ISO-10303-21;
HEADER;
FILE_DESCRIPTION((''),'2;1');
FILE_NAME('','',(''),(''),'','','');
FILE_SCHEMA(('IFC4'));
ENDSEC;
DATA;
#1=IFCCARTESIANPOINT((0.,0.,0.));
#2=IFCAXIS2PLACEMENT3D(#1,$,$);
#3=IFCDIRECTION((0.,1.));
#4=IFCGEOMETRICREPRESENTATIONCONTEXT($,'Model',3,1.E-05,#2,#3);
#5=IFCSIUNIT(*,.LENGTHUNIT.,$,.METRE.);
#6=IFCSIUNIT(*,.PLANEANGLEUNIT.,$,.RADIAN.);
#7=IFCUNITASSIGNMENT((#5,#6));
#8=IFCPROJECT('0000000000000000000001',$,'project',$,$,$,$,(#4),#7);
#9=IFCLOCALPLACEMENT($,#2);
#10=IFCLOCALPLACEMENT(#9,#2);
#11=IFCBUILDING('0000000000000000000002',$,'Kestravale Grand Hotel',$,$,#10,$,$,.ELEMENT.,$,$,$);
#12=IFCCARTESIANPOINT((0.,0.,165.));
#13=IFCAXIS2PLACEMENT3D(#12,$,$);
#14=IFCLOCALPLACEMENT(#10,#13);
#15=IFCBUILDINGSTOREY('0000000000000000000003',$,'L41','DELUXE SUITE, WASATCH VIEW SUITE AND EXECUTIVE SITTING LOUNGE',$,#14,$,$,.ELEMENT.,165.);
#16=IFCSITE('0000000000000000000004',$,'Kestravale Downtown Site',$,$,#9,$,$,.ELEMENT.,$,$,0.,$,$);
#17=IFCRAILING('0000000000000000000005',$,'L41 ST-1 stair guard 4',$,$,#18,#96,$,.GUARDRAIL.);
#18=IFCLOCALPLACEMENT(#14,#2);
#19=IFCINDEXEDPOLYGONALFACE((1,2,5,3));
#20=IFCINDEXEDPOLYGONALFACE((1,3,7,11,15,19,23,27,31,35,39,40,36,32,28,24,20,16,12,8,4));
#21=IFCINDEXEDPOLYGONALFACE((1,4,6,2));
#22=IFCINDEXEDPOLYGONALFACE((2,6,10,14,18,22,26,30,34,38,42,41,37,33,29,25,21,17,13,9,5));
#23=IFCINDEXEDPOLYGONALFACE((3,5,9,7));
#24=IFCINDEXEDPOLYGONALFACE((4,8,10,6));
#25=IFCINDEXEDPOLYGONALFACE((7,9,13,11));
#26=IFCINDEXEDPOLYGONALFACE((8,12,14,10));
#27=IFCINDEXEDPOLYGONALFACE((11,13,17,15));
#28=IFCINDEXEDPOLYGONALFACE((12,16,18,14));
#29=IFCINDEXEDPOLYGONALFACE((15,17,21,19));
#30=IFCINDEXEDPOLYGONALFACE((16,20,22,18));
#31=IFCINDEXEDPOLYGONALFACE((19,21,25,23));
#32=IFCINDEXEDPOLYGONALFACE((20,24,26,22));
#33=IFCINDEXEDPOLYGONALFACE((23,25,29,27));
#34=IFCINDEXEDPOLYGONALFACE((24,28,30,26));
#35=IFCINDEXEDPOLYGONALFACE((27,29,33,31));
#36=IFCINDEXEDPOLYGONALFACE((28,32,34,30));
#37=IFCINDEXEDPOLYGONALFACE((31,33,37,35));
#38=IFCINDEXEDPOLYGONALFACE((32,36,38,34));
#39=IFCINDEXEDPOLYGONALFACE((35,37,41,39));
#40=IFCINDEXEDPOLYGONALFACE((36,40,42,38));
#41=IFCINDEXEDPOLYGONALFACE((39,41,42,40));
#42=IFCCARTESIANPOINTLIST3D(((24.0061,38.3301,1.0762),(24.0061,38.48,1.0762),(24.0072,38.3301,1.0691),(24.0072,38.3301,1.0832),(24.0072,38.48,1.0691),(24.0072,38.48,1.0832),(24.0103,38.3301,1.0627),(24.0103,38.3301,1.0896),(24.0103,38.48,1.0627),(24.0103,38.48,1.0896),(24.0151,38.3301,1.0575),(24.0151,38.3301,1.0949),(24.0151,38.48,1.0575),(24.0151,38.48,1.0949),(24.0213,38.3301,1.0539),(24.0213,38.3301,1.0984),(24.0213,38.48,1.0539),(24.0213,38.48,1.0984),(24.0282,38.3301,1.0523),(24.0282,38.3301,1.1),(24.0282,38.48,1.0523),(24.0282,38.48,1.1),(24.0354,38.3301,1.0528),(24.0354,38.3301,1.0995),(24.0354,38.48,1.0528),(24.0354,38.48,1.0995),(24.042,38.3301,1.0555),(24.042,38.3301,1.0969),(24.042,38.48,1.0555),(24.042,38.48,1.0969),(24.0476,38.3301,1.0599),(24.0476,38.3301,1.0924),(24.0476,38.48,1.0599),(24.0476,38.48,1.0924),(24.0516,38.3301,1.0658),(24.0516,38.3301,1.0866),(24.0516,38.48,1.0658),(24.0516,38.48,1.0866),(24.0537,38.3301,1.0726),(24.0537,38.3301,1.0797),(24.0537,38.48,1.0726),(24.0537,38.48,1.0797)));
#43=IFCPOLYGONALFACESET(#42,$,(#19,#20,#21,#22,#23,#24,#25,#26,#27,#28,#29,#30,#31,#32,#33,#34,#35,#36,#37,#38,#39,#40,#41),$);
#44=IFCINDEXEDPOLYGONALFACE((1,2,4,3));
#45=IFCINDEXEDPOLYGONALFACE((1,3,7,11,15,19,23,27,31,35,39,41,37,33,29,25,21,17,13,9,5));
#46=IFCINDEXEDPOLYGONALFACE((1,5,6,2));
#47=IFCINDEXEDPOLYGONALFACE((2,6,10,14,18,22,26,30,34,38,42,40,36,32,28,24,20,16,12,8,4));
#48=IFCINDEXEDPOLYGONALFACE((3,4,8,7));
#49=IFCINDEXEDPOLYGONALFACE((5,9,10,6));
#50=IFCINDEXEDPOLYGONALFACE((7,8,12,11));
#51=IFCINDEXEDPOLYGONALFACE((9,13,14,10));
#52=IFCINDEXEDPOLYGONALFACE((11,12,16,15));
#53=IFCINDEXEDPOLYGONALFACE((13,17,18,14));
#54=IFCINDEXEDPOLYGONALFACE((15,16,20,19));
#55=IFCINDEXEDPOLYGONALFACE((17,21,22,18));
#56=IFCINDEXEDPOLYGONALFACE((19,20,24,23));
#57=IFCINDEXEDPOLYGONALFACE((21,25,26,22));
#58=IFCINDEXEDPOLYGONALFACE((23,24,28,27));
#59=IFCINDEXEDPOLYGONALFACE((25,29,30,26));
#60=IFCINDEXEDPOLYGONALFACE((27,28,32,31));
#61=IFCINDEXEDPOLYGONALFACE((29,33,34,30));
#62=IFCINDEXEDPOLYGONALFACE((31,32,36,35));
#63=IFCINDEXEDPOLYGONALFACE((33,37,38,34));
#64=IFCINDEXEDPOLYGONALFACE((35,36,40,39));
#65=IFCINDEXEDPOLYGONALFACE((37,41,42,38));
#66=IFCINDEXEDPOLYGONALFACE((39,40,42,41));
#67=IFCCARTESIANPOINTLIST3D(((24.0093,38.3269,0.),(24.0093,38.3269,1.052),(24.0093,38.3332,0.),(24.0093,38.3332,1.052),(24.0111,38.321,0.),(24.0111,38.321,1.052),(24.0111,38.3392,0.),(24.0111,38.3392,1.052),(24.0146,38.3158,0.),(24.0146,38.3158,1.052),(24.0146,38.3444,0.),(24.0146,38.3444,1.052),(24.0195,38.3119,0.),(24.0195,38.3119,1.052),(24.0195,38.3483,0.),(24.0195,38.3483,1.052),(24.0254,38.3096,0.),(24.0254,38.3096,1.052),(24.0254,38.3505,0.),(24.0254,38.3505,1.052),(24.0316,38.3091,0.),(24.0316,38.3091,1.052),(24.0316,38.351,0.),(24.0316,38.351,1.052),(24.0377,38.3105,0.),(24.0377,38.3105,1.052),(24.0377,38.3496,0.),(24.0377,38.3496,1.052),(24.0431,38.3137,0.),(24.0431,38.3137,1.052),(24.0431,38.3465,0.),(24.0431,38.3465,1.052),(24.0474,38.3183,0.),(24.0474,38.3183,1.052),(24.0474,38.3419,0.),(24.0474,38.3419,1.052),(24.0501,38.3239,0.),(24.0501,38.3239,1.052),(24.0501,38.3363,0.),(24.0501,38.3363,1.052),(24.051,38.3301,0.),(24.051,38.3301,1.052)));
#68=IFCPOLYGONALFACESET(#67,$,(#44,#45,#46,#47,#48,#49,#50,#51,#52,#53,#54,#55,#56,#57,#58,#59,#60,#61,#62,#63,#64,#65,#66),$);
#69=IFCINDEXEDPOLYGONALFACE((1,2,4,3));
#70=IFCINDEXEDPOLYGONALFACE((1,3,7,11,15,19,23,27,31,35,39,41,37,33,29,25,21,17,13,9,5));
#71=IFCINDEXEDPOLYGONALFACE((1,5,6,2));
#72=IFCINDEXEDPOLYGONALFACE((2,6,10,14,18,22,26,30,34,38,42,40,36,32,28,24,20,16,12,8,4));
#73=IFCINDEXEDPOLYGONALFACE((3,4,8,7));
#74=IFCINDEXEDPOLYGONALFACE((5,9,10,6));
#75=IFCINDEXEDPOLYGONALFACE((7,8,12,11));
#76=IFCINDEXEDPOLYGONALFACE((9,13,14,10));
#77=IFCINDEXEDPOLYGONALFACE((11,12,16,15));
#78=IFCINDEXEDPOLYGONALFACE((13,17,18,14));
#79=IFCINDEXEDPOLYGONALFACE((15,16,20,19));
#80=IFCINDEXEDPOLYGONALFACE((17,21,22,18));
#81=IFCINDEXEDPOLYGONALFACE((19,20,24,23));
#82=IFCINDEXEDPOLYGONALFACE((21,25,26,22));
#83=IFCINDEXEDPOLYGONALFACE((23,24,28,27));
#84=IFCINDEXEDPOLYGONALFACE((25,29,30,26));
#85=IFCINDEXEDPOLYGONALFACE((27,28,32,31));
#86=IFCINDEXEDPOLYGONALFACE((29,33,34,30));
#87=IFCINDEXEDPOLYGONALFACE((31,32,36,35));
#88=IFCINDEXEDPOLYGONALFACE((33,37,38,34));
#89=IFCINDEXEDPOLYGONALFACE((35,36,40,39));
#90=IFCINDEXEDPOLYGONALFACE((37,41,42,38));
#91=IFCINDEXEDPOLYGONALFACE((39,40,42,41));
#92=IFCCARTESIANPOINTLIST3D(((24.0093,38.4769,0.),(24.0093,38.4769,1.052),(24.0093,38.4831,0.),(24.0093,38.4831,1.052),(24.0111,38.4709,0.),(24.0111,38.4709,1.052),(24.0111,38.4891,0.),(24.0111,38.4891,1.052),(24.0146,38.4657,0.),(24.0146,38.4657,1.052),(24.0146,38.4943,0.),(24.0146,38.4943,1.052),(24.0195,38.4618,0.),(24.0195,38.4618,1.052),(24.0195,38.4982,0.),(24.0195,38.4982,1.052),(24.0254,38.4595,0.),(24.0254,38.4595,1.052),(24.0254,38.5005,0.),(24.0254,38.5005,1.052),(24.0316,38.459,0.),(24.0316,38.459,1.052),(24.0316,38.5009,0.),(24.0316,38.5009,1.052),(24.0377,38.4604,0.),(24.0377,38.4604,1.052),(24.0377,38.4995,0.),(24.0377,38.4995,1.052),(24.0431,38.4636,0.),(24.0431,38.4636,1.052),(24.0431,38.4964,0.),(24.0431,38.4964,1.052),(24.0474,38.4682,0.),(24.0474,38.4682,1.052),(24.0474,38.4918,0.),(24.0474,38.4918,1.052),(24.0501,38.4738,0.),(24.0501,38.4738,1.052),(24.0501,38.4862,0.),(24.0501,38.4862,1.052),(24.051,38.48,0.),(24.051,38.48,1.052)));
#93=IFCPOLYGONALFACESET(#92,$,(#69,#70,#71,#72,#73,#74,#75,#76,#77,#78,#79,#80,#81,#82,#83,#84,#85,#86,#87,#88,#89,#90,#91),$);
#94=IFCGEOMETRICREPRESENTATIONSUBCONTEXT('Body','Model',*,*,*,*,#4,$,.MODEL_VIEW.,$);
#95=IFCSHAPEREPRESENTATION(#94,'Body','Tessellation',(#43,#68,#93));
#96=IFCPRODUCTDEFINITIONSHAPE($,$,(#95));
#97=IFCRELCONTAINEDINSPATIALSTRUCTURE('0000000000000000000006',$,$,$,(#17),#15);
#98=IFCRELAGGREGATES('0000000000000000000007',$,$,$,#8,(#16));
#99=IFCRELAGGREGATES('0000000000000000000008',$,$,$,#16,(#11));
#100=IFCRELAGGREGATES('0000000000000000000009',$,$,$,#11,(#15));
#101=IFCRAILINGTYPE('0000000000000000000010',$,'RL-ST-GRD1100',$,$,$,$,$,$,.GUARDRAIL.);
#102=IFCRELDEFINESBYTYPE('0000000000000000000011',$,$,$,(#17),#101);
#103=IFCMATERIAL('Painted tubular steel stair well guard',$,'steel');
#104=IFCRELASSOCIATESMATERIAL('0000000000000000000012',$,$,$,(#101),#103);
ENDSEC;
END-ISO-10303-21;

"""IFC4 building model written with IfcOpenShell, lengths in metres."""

from ifc_helpers import new_model, si_unit, direction, frame, origin, origin_2d, place, context, subcontext, project, spatial, circle, extrude, material, type_object, element, save


model = new_model("IFC4")

# Units and contexts
model_context = context("Model", 3, precision=1e-05, world=origin(), true_north=direction((0.0, 1.0)))
body_context = subcontext(model_context, "Body", "Model", "MODEL_VIEW")
ifc_project = project(units=[si_unit("LENGTHUNIT", "METRE"), si_unit("PLANEANGLEUNIT", "RADIAN")], contexts=[model_context])

# Site, building, storey
site_placement = place(None, origin())
site = spatial("IfcSite", under=ifc_project, at=site_placement, Name="Kestravale Downtown Site", CompositionType="ELEMENT", RefElevation=0.0)
building_placement = place(site_placement, origin())
building = spatial("IfcBuilding", under=site, at=building_placement, Name="Kestravale Grand Hotel", CompositionType="ELEMENT")
storey_placement = place(building_placement, frame((0.0, 0.0, 165.0)))
storey = spatial("IfcBuildingStorey", under=building, at=storey_placement, Name="L41", Description="DELUXE SUITE, WASATCH VIEW SUITE AND EXECUTIVE SITTING LOUNGE", CompositionType="ELEMENT", Elevation=165.0)

# Railing
ifc_material_1 = material(Name="Painted tubular steel stair well guard", Category="steel")
railing_type_1 = type_object("IfcRailingType", Name="RL-ST-GRD1100", PredefinedType="GUARDRAIL", material=ifc_material_1)
railing_1_placement = place(storey_placement, frame((24.03, 38.3301, 0.0)))
element("IfcRailing", 1, at=railing_1_placement, inside=storey, type_object=railing_type_1, Name="L41 ST-1 stair guard 4", PredefinedType="GUARDRAIL", context=body_context, shape_type="SweptSolid", body=[
    extrude(circle(Radius=0.0239, at=origin_2d()), frame((0.0, 0.0, 1.0762), z_axis=(0.0, 1.0, 0.0), x_axis=(-1.0, 0.0, 0.0)), (0.0, 0.0, 1.0), 0.1499),
    extrude(circle(Radius=0.021, at=origin_2d()), origin(), (0.0, 0.0, 1.0), 1.052),
    extrude(circle(Radius=0.021, at=origin_2d()), frame((0.0, 0.1499, 0.0)), (0.0, 0.0, 1.0), 1.052),
])

save(model, "model.ifc")
